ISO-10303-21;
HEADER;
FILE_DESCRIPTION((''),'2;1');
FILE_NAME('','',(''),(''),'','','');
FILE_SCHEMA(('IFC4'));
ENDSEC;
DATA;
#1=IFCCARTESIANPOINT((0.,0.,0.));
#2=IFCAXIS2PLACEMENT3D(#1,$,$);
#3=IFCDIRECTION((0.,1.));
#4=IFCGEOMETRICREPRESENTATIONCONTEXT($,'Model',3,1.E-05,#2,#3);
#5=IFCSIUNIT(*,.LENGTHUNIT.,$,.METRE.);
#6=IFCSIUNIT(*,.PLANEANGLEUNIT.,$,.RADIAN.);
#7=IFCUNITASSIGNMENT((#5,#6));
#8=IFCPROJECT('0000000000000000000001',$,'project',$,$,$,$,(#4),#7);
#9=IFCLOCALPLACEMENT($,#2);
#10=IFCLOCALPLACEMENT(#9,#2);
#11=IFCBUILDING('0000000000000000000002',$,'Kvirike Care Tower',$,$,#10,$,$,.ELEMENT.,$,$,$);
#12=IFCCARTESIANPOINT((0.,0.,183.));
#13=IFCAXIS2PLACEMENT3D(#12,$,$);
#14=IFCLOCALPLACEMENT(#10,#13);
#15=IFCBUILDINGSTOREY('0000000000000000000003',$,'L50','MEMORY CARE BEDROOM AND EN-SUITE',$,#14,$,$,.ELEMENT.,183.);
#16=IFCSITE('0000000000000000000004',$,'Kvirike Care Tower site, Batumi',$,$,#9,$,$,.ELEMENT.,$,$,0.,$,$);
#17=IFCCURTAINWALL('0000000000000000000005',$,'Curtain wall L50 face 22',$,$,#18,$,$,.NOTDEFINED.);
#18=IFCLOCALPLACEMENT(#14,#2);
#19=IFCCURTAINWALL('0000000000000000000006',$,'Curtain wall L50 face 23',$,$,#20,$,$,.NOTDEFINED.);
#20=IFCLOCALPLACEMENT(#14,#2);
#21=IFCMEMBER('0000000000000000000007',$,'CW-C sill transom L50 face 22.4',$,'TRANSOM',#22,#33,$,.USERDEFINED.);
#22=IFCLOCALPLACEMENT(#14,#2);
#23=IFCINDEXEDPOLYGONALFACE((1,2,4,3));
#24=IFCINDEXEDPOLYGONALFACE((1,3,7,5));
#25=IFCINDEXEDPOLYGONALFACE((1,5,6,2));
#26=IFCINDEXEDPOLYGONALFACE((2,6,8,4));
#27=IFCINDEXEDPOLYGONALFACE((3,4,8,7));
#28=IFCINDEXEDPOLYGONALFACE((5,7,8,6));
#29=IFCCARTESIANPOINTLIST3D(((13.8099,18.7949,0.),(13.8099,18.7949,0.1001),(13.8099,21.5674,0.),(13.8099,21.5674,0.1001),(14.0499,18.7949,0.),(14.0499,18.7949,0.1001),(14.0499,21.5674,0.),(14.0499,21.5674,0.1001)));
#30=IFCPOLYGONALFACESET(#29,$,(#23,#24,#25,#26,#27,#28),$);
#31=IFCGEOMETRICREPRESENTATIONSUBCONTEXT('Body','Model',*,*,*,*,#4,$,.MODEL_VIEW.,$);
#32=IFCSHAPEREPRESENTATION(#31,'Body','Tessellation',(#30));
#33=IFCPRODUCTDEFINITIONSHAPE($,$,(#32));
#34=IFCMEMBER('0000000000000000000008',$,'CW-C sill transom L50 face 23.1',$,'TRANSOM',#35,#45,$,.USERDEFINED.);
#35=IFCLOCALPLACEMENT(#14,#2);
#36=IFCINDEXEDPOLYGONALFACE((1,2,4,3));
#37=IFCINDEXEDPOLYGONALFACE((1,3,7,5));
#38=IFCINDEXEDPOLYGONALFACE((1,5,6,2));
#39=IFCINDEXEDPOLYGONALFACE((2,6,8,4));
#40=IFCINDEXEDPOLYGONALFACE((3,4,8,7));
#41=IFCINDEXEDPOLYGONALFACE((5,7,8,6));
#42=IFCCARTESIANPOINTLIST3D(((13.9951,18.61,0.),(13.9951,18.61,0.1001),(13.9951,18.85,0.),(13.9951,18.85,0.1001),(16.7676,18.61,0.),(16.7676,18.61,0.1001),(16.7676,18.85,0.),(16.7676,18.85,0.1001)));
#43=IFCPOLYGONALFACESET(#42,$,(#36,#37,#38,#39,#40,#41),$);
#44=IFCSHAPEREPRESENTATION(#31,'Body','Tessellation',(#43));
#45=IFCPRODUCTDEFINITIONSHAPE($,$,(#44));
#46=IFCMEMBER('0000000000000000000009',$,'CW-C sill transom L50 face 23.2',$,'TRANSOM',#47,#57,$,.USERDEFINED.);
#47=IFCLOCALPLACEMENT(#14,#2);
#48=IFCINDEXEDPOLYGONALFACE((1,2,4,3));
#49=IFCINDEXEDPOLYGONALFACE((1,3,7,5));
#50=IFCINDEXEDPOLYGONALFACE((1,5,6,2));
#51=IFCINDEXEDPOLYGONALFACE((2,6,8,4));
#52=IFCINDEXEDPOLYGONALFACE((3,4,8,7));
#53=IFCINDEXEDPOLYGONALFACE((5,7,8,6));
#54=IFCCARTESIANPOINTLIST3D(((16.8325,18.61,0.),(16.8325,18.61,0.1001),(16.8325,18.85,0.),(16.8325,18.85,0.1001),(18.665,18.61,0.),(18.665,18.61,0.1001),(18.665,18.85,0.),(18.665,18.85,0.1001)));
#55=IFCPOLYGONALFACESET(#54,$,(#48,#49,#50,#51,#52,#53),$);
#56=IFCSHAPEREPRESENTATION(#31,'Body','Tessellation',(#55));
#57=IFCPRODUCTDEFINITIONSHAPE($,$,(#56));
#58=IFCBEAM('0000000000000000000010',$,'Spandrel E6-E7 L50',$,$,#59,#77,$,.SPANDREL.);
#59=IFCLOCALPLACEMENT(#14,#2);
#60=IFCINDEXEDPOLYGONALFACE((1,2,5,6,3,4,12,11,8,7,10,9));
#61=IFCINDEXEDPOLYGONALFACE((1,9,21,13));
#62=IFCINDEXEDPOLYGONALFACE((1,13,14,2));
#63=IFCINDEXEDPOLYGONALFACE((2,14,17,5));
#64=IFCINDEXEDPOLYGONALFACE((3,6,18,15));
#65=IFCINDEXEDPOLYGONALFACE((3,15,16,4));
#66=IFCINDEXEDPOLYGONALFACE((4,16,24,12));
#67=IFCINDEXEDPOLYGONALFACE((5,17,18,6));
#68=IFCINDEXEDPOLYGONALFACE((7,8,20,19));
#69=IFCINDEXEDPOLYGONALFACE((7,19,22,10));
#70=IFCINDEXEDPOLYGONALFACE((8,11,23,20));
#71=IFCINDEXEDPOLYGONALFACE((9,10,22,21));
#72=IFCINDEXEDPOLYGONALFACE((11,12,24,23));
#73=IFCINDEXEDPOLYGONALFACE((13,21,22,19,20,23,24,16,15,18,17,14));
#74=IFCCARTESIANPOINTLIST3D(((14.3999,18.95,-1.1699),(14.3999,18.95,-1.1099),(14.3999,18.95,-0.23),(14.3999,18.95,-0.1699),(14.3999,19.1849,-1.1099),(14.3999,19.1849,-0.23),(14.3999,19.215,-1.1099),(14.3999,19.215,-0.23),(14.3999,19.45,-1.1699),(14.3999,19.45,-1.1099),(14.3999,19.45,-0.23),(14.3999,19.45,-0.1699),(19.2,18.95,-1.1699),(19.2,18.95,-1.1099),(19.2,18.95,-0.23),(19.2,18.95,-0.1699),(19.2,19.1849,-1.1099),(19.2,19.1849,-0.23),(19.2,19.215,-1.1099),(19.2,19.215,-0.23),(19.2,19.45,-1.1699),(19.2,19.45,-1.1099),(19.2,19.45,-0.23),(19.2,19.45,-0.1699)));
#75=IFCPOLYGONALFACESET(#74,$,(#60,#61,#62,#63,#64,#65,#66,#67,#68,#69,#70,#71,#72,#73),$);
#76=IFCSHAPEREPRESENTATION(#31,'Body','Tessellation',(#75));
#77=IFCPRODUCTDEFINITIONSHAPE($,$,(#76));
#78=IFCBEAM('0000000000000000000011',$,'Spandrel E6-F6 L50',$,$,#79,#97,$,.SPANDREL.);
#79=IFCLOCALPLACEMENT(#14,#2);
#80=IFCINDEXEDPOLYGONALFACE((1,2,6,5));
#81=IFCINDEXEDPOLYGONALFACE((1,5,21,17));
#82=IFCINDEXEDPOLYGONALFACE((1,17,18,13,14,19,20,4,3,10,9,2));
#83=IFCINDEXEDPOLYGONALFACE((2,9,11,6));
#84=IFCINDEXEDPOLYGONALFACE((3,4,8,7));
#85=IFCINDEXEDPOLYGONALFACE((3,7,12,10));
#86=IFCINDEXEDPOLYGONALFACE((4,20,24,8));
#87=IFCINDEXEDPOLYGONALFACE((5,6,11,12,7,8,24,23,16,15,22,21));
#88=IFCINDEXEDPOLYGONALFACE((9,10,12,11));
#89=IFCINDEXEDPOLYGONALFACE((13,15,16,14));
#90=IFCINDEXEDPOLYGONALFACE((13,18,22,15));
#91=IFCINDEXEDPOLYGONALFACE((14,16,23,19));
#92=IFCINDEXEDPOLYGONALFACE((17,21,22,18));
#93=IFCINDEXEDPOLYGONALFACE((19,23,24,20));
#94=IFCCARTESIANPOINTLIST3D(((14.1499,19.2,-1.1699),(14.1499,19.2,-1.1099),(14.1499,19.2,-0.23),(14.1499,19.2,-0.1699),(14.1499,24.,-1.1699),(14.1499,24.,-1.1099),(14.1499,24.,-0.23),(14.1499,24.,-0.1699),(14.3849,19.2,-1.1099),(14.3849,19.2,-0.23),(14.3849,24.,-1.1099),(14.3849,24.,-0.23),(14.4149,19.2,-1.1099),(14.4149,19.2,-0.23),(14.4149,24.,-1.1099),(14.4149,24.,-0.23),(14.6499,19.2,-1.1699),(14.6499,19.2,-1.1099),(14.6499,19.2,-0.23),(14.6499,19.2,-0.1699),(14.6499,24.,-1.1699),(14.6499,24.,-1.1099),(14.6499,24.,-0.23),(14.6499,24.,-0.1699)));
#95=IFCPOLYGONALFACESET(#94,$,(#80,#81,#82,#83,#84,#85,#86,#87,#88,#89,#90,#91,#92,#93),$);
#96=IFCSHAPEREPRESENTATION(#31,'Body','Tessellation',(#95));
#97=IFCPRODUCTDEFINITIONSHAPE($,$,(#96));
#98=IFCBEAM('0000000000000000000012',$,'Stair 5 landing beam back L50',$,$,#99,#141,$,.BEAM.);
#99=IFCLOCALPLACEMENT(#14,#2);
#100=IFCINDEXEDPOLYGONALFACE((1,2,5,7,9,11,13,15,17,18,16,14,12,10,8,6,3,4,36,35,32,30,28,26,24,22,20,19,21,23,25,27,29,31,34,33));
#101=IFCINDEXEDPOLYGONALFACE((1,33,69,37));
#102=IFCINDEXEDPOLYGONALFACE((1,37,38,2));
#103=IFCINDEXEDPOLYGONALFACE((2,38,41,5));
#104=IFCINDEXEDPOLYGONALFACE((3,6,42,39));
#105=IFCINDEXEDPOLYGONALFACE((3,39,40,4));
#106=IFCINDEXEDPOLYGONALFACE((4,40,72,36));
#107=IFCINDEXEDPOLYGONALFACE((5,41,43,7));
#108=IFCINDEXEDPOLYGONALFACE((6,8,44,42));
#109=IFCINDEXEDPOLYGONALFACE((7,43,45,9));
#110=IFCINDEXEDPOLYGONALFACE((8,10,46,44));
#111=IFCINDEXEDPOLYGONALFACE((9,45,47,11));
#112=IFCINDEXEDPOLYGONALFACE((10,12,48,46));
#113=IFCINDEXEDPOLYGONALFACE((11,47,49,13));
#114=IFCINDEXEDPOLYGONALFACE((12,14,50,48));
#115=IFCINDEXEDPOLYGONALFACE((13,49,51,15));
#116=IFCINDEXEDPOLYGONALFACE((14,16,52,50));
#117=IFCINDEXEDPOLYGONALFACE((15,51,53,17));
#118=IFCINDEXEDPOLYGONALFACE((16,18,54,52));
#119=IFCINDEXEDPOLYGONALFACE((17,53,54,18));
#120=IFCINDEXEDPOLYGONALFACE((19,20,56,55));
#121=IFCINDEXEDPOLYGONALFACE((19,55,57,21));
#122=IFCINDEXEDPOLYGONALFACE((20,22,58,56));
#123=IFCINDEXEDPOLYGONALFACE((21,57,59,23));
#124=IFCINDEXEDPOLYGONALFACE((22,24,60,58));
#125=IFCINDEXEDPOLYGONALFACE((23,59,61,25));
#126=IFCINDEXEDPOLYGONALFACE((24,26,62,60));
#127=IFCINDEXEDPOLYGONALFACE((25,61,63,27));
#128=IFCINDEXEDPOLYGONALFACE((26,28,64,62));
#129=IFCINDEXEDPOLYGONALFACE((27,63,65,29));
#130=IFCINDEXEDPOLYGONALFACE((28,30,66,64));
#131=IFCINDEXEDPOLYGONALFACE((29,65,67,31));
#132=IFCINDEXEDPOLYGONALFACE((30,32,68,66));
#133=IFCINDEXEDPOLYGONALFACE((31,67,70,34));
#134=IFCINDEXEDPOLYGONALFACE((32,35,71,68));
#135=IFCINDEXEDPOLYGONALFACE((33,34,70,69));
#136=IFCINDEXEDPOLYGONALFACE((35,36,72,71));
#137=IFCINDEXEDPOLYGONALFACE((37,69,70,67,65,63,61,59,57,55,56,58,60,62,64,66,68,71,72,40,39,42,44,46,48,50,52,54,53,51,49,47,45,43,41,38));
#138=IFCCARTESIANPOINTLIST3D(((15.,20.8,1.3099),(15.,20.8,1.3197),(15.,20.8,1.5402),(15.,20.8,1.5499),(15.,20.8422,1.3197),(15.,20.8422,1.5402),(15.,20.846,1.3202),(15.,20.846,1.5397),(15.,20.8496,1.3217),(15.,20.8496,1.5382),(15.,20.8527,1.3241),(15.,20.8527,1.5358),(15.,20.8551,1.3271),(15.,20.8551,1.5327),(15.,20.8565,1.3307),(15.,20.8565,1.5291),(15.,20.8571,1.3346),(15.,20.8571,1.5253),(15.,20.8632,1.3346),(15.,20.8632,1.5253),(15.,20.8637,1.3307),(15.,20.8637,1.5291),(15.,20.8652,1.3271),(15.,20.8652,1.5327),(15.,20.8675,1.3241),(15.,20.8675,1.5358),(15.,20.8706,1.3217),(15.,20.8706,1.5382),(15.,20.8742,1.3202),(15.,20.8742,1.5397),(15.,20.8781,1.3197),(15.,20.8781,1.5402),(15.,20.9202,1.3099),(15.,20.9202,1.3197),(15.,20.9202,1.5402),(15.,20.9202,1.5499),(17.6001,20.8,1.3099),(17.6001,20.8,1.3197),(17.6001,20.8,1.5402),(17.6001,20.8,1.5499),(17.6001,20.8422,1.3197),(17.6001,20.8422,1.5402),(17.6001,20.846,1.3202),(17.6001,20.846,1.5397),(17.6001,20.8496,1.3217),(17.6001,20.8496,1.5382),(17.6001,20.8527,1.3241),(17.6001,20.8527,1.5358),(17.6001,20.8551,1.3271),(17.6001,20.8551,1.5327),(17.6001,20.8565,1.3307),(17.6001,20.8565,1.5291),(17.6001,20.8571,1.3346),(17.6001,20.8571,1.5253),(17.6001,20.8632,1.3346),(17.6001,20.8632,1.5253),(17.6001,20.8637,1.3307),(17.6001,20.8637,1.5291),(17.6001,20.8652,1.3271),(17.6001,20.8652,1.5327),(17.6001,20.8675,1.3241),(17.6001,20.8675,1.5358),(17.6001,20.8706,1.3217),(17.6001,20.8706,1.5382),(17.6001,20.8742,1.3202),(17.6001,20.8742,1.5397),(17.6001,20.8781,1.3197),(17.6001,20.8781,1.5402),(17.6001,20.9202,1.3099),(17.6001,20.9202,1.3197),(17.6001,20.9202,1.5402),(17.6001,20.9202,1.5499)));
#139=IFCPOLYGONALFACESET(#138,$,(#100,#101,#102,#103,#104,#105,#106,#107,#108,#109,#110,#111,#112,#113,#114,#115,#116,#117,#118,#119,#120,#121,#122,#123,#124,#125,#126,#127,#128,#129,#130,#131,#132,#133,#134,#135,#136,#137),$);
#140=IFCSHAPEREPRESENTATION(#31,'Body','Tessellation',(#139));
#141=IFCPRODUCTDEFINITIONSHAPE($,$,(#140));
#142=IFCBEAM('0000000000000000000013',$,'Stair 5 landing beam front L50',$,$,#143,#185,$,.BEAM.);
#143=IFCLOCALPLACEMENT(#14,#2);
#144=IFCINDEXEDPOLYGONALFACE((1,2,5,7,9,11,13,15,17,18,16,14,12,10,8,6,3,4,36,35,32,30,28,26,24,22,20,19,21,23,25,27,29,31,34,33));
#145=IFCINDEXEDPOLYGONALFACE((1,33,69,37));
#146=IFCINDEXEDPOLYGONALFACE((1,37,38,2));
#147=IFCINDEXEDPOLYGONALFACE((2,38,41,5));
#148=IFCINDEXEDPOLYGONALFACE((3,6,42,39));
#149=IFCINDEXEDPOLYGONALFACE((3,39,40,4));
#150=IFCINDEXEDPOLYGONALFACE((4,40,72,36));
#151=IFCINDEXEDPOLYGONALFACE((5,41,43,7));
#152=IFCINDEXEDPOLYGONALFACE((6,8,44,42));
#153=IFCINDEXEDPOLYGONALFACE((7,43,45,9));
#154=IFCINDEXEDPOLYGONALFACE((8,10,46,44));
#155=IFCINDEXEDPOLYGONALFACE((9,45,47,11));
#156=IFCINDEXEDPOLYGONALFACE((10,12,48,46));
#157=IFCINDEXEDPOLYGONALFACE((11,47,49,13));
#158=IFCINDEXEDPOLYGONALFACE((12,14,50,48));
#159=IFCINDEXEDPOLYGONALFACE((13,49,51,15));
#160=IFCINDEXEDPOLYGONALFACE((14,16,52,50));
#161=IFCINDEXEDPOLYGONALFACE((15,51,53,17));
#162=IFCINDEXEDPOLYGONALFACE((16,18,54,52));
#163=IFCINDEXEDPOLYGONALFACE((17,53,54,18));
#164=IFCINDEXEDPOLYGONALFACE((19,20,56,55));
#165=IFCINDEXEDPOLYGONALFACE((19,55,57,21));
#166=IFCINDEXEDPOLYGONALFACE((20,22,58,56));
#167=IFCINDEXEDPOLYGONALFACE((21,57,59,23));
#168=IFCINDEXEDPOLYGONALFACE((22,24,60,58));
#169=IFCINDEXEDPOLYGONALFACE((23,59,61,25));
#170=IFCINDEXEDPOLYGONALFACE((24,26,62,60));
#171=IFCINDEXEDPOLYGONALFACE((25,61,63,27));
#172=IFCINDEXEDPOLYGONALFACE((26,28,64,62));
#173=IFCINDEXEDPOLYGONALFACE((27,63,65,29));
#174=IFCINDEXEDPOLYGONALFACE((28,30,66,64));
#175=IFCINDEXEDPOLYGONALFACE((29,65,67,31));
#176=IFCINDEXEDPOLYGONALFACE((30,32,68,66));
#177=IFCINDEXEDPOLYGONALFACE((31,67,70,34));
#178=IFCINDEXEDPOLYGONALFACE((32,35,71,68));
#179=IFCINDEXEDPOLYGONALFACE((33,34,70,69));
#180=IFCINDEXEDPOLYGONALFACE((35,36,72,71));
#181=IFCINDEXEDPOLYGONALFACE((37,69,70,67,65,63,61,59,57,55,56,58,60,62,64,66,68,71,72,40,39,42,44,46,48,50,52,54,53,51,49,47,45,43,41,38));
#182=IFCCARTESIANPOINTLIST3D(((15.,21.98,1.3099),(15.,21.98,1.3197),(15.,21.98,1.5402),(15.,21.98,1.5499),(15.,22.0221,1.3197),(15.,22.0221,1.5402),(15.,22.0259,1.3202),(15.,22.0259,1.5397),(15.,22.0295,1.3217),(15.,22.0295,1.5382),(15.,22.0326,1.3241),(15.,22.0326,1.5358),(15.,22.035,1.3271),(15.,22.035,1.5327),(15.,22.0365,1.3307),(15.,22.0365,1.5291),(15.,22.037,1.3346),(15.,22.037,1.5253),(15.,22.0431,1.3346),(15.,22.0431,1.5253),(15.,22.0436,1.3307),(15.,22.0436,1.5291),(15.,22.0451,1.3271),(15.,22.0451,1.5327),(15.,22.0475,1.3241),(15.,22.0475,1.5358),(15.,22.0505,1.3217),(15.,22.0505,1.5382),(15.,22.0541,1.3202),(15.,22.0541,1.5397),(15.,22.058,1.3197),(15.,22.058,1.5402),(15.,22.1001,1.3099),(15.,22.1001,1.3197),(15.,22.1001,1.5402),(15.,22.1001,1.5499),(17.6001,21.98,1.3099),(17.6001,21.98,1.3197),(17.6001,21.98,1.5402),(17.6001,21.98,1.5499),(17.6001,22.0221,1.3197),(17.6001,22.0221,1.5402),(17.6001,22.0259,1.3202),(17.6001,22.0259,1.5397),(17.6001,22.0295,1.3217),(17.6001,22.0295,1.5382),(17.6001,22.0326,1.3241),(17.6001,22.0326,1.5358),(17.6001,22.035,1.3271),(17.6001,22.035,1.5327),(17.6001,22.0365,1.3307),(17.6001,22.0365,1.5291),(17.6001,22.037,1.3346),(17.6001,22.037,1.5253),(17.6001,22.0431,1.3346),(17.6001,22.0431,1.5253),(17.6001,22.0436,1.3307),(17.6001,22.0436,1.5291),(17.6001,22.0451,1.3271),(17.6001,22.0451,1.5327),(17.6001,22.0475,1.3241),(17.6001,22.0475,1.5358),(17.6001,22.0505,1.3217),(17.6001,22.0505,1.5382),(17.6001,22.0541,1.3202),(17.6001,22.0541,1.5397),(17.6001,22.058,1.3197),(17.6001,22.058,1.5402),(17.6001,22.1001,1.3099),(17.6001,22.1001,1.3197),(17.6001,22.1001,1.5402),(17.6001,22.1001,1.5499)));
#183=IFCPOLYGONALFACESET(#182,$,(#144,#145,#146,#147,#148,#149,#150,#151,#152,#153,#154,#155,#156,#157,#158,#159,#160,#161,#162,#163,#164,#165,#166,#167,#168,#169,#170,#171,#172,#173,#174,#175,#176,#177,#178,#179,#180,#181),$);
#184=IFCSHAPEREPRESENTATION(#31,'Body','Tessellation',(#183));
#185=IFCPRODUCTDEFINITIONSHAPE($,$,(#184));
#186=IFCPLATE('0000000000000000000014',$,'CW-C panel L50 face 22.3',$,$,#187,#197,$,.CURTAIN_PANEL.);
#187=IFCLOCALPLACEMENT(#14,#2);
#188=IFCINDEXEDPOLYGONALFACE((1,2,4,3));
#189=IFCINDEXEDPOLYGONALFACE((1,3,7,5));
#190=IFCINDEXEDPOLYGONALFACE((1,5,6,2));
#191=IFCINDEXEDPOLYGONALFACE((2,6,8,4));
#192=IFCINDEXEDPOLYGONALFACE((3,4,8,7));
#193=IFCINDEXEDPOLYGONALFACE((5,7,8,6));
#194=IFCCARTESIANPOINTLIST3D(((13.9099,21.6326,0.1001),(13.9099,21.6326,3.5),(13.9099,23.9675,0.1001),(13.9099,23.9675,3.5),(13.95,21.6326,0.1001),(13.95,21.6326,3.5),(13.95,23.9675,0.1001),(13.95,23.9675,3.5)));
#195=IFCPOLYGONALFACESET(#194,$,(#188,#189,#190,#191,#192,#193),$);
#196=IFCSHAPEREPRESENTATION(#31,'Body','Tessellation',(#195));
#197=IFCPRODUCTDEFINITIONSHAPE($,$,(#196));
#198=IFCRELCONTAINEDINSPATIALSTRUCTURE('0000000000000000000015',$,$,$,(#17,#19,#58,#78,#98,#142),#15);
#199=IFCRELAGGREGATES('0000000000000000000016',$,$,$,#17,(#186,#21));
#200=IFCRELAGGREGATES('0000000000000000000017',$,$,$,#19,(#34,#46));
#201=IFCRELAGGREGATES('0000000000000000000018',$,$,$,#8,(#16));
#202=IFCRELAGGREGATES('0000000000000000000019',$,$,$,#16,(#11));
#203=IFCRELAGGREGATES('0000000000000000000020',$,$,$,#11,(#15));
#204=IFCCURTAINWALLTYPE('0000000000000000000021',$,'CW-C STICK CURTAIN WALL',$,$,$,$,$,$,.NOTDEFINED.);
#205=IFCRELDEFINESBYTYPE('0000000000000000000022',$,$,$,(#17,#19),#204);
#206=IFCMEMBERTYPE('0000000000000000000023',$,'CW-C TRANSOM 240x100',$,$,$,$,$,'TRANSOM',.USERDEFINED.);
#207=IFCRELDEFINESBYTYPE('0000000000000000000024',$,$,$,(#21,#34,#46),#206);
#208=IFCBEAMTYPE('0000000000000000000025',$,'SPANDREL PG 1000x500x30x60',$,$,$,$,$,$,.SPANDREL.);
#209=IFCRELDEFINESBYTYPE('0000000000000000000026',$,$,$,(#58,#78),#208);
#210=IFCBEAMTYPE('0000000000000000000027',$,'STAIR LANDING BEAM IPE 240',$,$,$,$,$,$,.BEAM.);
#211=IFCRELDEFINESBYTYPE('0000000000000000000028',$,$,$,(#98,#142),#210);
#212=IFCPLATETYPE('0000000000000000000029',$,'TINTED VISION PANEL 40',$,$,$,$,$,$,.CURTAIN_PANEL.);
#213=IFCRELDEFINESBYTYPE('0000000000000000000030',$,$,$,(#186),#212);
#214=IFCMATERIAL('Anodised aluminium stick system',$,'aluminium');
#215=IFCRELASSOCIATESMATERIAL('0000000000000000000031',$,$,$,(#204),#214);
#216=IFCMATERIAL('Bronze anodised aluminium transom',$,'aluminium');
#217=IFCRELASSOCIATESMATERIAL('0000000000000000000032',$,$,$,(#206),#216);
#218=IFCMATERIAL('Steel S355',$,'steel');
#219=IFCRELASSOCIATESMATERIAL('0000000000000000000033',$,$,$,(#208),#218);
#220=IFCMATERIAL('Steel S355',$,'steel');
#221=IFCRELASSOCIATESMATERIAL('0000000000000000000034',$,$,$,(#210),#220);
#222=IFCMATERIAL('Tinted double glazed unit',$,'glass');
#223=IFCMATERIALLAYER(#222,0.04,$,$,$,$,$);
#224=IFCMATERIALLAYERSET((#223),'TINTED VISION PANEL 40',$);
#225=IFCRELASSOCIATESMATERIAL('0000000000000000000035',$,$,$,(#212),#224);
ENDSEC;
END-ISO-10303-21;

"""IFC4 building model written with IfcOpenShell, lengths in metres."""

from ifc_helpers import new_model, si_unit, direction, frame, origin, origin_2d, place, context, subcontext, project, spatial, rectangle, i_section, extrude, material, layer, layer_set, material_profile, profile_set, type_object, element, aggregate, save


model = new_model("IFC4")

# Units and contexts
model_context = context("Model", 3, precision=1e-05, world=origin(), true_north=direction((0.0, 1.0)))
body_context = subcontext(model_context, "Body", "Model", "MODEL_VIEW")
ifc_project = project(units=[si_unit("LENGTHUNIT", "METRE"), si_unit("PLANEANGLEUNIT", "RADIAN")], contexts=[model_context])

# Site, building, storey
site_placement = place(None, origin())
site = spatial("IfcSite", under=ifc_project, at=site_placement, Name="Kvirike Care Tower site, Batumi", CompositionType="ELEMENT", RefElevation=0.0)
building_placement = place(site_placement, origin())
building = spatial("IfcBuilding", under=site, at=building_placement, Name="Kvirike Care Tower", CompositionType="ELEMENT")
storey_placement = place(building_placement, frame((0.0, 0.0, 183.0)))
storey = spatial("IfcBuildingStorey", under=building, at=storey_placement, Name="L50", Description="MEMORY CARE BEDROOM AND EN-SUITE", CompositionType="ELEMENT", Elevation=183.0)

# Curtain walls
ifc_material_1 = material(Name="Anodised aluminium stick system", Category="aluminium")
curtain_wall_type = type_object("IfcCurtainWallType", Name="CW-C STICK CURTAIN WALL", PredefinedType="NOTDEFINED", material=ifc_material_1)
curtain_wall_1_placement = place(storey_placement, origin())
curtain_wall_1 = element("IfcCurtainWall", 1, at=curtain_wall_1_placement, inside=storey, type_object=curtain_wall_type, Name="Curtain wall L50 face 22", PredefinedType="NOTDEFINED")
curtain_wall_2_placement = place(storey_placement, origin())
curtain_wall_2 = element("IfcCurtainWall", 2, at=curtain_wall_2_placement, inside=storey, type_object=curtain_wall_type, Name="Curtain wall L50 face 23", PredefinedType="NOTDEFINED")

# Members
ifc_material_2 = material(Name="Bronze anodised aluminium transom", Category="aluminium")
ifc_material_profile_1 = material_profile(ifc_material_2, rectangle(XDim=0.24, YDim=0.1001, at=origin_2d()), Name="CW-C TRANSOM 240x100")
ifc_profile_set_1 = profile_set([ifc_material_profile_1], Name="Bronze anodised aluminium transom")
member_type_1 = type_object("IfcMemberType", Name="CW-C TRANSOM 240x100", ElementType="TRANSOM", PredefinedType="USERDEFINED", material=ifc_profile_set_1)
member_1_placement = place(storey_placement, frame((13.9299, 21.5674, 0.05), z_axis=(0.0, -1.0, 0.0), x_axis=(1.0, 0.0, 0.0)))
member_1 = element("IfcMember", 3, at=member_1_placement, type_object=member_type_1, Name="CW-C sill transom L50 face 22.4", ObjectType="TRANSOM", PredefinedType="USERDEFINED", context=body_context, shape_type="SweptSolid", body=[
    extrude(rectangle(XDim=0.24, YDim=0.1001, at=origin_2d()), origin(), (0.0, 0.0, 1.0), 2.7725),
])
member_2_placement = place(storey_placement, frame((13.9951, 18.73, 0.05), z_axis=(1.0, 0.0, 0.0), x_axis=(0.0, 1.0, 0.0)))
member_2 = element("IfcMember", 4, at=member_2_placement, type_object=member_type_1, Name="CW-C sill transom L50 face 23.1", ObjectType="TRANSOM", PredefinedType="USERDEFINED", context=body_context, shape_type="SweptSolid", body=[
    extrude(rectangle(XDim=0.24, YDim=0.1001, at=origin_2d()), origin(), (0.0, 0.0, 1.0), 2.7725),
])
member_3_placement = place(storey_placement, frame((16.8325, 18.73, 0.05), z_axis=(1.0, 0.0, 0.0), x_axis=(0.0, 1.0, 0.0)))
member_3 = element("IfcMember", 5, at=member_3_placement, type_object=member_type_1, Name="CW-C sill transom L50 face 23.2", ObjectType="TRANSOM", PredefinedType="USERDEFINED", context=body_context, shape_type="SweptSolid", body=[
    extrude(rectangle(XDim=0.24, YDim=0.1001, at=origin_2d()), origin(), (0.0, 0.0, 1.0), 1.8325),
])

# Beams
ifc_material_3 = material(Name="Steel S355", Category="steel")
ifc_material_profile_2 = material_profile(ifc_material_3, i_section(OverallWidth=0.5, OverallDepth=1.0, WebThickness=0.03, FlangeThickness=0.0601, at=origin_2d()), Name="PG 1000x500x30x60")
ifc_profile_set_2 = profile_set([ifc_material_profile_2], Name="Steel S355")
beam_type_1 = type_object("IfcBeamType", Name="SPANDREL PG 1000x500x30x60", PredefinedType="SPANDREL", material=ifc_profile_set_2)
for number, where, z_axis, x_axis, name in (
    (6, (14.3999, 19.2, -0.6699), (1.0, 0.0, 0.0), (0.0, 1.0, 0.0), "Spandrel E6-E7 L50"),
    (7, (14.3999, 19.2, -0.6699), (0.0, 1.0, 0.0), (-1.0, 0.0, 0.0), "Spandrel E6-F6 L50"),
):
    element("IfcBeam", number, at=place(storey_placement, frame(where, z_axis=z_axis, x_axis=x_axis)), inside=storey, type_object=beam_type_1, Name=name, PredefinedType="SPANDREL", context=body_context, shape_type="SweptSolid", body=[
        extrude(i_section(OverallWidth=0.5, OverallDepth=1.0, WebThickness=0.03, FlangeThickness=0.0601, at=origin_2d()), origin(), (0.0, 0.0, 1.0), 4.8),
    ])
ifc_material_4 = material(Name="Steel S355", Category="steel")
ifc_material_profile_3 = material_profile(ifc_material_4, i_section(OverallWidth=0.1201, OverallDepth=0.24, WebThickness=0.0061, FlangeThickness=0.0098, FilletRadius=0.0149, at=origin_2d()), Name="IPE 240")
ifc_profile_set_3 = profile_set([ifc_material_profile_3], Name="Steel S355")
beam_type_2 = type_object("IfcBeamType", Name="STAIR LANDING BEAM IPE 240", PredefinedType="BEAM", material=ifc_profile_set_3)
for number, where, z_axis, x_axis, name in (
    (8, (15.0, 20.8601, 1.4299), (1.0, 0.0, 0.0), (0.0, 1.0, 0.0), "Stair 5 landing beam back L50"),
    (9, (15.0, 22.04, 1.4299), (1.0, 0.0, 0.0), (0.0, 1.0, 0.0), "Stair 5 landing beam front L50"),
):
    element("IfcBeam", number, at=place(storey_placement, frame(where, z_axis=z_axis, x_axis=x_axis)), inside=storey, type_object=beam_type_2, Name=name, PredefinedType="BEAM", context=body_context, shape_type="SweptSolid", body=[
        extrude(i_section(OverallWidth=0.1201, OverallDepth=0.24, WebThickness=0.0061, FlangeThickness=0.0098, FilletRadius=0.0149, at=origin_2d()), origin(), (0.0, 0.0, 1.0), 2.6001),
    ])

# Plate
ifc_material_5 = material(Name="Tinted double glazed unit", Category="glass")
ifc_layer_1 = layer(ifc_material_5, 0.04)
ifc_layer_set_1 = layer_set([ifc_layer_1], Name="TINTED VISION PANEL 40")
plate_type = type_object("IfcPlateType", Name="TINTED VISION PANEL 40", PredefinedType="CURTAIN_PANEL", material=ifc_layer_set_1)
plate_1_placement = place(storey_placement, frame((13.9299, 22.8, 0.1001), z_axis=(0.0, 0.0, 1.0), x_axis=(0.0, -1.0, 0.0)))
plate_1 = element("IfcPlate", 10, at=plate_1_placement, type_object=plate_type, Name="CW-C panel L50 face 22.3", PredefinedType="CURTAIN_PANEL", context=body_context, shape_type="SweptSolid", body=[
    extrude(rectangle(XDim=2.335, YDim=0.04, at=origin_2d()), origin(), (0.0, 0.0, 1.0), 3.3999),
])
aggregate(curtain_wall_1, [plate_1, member_1])
aggregate(curtain_wall_2, [member_2, member_3])

save(model, "model.ifc")
